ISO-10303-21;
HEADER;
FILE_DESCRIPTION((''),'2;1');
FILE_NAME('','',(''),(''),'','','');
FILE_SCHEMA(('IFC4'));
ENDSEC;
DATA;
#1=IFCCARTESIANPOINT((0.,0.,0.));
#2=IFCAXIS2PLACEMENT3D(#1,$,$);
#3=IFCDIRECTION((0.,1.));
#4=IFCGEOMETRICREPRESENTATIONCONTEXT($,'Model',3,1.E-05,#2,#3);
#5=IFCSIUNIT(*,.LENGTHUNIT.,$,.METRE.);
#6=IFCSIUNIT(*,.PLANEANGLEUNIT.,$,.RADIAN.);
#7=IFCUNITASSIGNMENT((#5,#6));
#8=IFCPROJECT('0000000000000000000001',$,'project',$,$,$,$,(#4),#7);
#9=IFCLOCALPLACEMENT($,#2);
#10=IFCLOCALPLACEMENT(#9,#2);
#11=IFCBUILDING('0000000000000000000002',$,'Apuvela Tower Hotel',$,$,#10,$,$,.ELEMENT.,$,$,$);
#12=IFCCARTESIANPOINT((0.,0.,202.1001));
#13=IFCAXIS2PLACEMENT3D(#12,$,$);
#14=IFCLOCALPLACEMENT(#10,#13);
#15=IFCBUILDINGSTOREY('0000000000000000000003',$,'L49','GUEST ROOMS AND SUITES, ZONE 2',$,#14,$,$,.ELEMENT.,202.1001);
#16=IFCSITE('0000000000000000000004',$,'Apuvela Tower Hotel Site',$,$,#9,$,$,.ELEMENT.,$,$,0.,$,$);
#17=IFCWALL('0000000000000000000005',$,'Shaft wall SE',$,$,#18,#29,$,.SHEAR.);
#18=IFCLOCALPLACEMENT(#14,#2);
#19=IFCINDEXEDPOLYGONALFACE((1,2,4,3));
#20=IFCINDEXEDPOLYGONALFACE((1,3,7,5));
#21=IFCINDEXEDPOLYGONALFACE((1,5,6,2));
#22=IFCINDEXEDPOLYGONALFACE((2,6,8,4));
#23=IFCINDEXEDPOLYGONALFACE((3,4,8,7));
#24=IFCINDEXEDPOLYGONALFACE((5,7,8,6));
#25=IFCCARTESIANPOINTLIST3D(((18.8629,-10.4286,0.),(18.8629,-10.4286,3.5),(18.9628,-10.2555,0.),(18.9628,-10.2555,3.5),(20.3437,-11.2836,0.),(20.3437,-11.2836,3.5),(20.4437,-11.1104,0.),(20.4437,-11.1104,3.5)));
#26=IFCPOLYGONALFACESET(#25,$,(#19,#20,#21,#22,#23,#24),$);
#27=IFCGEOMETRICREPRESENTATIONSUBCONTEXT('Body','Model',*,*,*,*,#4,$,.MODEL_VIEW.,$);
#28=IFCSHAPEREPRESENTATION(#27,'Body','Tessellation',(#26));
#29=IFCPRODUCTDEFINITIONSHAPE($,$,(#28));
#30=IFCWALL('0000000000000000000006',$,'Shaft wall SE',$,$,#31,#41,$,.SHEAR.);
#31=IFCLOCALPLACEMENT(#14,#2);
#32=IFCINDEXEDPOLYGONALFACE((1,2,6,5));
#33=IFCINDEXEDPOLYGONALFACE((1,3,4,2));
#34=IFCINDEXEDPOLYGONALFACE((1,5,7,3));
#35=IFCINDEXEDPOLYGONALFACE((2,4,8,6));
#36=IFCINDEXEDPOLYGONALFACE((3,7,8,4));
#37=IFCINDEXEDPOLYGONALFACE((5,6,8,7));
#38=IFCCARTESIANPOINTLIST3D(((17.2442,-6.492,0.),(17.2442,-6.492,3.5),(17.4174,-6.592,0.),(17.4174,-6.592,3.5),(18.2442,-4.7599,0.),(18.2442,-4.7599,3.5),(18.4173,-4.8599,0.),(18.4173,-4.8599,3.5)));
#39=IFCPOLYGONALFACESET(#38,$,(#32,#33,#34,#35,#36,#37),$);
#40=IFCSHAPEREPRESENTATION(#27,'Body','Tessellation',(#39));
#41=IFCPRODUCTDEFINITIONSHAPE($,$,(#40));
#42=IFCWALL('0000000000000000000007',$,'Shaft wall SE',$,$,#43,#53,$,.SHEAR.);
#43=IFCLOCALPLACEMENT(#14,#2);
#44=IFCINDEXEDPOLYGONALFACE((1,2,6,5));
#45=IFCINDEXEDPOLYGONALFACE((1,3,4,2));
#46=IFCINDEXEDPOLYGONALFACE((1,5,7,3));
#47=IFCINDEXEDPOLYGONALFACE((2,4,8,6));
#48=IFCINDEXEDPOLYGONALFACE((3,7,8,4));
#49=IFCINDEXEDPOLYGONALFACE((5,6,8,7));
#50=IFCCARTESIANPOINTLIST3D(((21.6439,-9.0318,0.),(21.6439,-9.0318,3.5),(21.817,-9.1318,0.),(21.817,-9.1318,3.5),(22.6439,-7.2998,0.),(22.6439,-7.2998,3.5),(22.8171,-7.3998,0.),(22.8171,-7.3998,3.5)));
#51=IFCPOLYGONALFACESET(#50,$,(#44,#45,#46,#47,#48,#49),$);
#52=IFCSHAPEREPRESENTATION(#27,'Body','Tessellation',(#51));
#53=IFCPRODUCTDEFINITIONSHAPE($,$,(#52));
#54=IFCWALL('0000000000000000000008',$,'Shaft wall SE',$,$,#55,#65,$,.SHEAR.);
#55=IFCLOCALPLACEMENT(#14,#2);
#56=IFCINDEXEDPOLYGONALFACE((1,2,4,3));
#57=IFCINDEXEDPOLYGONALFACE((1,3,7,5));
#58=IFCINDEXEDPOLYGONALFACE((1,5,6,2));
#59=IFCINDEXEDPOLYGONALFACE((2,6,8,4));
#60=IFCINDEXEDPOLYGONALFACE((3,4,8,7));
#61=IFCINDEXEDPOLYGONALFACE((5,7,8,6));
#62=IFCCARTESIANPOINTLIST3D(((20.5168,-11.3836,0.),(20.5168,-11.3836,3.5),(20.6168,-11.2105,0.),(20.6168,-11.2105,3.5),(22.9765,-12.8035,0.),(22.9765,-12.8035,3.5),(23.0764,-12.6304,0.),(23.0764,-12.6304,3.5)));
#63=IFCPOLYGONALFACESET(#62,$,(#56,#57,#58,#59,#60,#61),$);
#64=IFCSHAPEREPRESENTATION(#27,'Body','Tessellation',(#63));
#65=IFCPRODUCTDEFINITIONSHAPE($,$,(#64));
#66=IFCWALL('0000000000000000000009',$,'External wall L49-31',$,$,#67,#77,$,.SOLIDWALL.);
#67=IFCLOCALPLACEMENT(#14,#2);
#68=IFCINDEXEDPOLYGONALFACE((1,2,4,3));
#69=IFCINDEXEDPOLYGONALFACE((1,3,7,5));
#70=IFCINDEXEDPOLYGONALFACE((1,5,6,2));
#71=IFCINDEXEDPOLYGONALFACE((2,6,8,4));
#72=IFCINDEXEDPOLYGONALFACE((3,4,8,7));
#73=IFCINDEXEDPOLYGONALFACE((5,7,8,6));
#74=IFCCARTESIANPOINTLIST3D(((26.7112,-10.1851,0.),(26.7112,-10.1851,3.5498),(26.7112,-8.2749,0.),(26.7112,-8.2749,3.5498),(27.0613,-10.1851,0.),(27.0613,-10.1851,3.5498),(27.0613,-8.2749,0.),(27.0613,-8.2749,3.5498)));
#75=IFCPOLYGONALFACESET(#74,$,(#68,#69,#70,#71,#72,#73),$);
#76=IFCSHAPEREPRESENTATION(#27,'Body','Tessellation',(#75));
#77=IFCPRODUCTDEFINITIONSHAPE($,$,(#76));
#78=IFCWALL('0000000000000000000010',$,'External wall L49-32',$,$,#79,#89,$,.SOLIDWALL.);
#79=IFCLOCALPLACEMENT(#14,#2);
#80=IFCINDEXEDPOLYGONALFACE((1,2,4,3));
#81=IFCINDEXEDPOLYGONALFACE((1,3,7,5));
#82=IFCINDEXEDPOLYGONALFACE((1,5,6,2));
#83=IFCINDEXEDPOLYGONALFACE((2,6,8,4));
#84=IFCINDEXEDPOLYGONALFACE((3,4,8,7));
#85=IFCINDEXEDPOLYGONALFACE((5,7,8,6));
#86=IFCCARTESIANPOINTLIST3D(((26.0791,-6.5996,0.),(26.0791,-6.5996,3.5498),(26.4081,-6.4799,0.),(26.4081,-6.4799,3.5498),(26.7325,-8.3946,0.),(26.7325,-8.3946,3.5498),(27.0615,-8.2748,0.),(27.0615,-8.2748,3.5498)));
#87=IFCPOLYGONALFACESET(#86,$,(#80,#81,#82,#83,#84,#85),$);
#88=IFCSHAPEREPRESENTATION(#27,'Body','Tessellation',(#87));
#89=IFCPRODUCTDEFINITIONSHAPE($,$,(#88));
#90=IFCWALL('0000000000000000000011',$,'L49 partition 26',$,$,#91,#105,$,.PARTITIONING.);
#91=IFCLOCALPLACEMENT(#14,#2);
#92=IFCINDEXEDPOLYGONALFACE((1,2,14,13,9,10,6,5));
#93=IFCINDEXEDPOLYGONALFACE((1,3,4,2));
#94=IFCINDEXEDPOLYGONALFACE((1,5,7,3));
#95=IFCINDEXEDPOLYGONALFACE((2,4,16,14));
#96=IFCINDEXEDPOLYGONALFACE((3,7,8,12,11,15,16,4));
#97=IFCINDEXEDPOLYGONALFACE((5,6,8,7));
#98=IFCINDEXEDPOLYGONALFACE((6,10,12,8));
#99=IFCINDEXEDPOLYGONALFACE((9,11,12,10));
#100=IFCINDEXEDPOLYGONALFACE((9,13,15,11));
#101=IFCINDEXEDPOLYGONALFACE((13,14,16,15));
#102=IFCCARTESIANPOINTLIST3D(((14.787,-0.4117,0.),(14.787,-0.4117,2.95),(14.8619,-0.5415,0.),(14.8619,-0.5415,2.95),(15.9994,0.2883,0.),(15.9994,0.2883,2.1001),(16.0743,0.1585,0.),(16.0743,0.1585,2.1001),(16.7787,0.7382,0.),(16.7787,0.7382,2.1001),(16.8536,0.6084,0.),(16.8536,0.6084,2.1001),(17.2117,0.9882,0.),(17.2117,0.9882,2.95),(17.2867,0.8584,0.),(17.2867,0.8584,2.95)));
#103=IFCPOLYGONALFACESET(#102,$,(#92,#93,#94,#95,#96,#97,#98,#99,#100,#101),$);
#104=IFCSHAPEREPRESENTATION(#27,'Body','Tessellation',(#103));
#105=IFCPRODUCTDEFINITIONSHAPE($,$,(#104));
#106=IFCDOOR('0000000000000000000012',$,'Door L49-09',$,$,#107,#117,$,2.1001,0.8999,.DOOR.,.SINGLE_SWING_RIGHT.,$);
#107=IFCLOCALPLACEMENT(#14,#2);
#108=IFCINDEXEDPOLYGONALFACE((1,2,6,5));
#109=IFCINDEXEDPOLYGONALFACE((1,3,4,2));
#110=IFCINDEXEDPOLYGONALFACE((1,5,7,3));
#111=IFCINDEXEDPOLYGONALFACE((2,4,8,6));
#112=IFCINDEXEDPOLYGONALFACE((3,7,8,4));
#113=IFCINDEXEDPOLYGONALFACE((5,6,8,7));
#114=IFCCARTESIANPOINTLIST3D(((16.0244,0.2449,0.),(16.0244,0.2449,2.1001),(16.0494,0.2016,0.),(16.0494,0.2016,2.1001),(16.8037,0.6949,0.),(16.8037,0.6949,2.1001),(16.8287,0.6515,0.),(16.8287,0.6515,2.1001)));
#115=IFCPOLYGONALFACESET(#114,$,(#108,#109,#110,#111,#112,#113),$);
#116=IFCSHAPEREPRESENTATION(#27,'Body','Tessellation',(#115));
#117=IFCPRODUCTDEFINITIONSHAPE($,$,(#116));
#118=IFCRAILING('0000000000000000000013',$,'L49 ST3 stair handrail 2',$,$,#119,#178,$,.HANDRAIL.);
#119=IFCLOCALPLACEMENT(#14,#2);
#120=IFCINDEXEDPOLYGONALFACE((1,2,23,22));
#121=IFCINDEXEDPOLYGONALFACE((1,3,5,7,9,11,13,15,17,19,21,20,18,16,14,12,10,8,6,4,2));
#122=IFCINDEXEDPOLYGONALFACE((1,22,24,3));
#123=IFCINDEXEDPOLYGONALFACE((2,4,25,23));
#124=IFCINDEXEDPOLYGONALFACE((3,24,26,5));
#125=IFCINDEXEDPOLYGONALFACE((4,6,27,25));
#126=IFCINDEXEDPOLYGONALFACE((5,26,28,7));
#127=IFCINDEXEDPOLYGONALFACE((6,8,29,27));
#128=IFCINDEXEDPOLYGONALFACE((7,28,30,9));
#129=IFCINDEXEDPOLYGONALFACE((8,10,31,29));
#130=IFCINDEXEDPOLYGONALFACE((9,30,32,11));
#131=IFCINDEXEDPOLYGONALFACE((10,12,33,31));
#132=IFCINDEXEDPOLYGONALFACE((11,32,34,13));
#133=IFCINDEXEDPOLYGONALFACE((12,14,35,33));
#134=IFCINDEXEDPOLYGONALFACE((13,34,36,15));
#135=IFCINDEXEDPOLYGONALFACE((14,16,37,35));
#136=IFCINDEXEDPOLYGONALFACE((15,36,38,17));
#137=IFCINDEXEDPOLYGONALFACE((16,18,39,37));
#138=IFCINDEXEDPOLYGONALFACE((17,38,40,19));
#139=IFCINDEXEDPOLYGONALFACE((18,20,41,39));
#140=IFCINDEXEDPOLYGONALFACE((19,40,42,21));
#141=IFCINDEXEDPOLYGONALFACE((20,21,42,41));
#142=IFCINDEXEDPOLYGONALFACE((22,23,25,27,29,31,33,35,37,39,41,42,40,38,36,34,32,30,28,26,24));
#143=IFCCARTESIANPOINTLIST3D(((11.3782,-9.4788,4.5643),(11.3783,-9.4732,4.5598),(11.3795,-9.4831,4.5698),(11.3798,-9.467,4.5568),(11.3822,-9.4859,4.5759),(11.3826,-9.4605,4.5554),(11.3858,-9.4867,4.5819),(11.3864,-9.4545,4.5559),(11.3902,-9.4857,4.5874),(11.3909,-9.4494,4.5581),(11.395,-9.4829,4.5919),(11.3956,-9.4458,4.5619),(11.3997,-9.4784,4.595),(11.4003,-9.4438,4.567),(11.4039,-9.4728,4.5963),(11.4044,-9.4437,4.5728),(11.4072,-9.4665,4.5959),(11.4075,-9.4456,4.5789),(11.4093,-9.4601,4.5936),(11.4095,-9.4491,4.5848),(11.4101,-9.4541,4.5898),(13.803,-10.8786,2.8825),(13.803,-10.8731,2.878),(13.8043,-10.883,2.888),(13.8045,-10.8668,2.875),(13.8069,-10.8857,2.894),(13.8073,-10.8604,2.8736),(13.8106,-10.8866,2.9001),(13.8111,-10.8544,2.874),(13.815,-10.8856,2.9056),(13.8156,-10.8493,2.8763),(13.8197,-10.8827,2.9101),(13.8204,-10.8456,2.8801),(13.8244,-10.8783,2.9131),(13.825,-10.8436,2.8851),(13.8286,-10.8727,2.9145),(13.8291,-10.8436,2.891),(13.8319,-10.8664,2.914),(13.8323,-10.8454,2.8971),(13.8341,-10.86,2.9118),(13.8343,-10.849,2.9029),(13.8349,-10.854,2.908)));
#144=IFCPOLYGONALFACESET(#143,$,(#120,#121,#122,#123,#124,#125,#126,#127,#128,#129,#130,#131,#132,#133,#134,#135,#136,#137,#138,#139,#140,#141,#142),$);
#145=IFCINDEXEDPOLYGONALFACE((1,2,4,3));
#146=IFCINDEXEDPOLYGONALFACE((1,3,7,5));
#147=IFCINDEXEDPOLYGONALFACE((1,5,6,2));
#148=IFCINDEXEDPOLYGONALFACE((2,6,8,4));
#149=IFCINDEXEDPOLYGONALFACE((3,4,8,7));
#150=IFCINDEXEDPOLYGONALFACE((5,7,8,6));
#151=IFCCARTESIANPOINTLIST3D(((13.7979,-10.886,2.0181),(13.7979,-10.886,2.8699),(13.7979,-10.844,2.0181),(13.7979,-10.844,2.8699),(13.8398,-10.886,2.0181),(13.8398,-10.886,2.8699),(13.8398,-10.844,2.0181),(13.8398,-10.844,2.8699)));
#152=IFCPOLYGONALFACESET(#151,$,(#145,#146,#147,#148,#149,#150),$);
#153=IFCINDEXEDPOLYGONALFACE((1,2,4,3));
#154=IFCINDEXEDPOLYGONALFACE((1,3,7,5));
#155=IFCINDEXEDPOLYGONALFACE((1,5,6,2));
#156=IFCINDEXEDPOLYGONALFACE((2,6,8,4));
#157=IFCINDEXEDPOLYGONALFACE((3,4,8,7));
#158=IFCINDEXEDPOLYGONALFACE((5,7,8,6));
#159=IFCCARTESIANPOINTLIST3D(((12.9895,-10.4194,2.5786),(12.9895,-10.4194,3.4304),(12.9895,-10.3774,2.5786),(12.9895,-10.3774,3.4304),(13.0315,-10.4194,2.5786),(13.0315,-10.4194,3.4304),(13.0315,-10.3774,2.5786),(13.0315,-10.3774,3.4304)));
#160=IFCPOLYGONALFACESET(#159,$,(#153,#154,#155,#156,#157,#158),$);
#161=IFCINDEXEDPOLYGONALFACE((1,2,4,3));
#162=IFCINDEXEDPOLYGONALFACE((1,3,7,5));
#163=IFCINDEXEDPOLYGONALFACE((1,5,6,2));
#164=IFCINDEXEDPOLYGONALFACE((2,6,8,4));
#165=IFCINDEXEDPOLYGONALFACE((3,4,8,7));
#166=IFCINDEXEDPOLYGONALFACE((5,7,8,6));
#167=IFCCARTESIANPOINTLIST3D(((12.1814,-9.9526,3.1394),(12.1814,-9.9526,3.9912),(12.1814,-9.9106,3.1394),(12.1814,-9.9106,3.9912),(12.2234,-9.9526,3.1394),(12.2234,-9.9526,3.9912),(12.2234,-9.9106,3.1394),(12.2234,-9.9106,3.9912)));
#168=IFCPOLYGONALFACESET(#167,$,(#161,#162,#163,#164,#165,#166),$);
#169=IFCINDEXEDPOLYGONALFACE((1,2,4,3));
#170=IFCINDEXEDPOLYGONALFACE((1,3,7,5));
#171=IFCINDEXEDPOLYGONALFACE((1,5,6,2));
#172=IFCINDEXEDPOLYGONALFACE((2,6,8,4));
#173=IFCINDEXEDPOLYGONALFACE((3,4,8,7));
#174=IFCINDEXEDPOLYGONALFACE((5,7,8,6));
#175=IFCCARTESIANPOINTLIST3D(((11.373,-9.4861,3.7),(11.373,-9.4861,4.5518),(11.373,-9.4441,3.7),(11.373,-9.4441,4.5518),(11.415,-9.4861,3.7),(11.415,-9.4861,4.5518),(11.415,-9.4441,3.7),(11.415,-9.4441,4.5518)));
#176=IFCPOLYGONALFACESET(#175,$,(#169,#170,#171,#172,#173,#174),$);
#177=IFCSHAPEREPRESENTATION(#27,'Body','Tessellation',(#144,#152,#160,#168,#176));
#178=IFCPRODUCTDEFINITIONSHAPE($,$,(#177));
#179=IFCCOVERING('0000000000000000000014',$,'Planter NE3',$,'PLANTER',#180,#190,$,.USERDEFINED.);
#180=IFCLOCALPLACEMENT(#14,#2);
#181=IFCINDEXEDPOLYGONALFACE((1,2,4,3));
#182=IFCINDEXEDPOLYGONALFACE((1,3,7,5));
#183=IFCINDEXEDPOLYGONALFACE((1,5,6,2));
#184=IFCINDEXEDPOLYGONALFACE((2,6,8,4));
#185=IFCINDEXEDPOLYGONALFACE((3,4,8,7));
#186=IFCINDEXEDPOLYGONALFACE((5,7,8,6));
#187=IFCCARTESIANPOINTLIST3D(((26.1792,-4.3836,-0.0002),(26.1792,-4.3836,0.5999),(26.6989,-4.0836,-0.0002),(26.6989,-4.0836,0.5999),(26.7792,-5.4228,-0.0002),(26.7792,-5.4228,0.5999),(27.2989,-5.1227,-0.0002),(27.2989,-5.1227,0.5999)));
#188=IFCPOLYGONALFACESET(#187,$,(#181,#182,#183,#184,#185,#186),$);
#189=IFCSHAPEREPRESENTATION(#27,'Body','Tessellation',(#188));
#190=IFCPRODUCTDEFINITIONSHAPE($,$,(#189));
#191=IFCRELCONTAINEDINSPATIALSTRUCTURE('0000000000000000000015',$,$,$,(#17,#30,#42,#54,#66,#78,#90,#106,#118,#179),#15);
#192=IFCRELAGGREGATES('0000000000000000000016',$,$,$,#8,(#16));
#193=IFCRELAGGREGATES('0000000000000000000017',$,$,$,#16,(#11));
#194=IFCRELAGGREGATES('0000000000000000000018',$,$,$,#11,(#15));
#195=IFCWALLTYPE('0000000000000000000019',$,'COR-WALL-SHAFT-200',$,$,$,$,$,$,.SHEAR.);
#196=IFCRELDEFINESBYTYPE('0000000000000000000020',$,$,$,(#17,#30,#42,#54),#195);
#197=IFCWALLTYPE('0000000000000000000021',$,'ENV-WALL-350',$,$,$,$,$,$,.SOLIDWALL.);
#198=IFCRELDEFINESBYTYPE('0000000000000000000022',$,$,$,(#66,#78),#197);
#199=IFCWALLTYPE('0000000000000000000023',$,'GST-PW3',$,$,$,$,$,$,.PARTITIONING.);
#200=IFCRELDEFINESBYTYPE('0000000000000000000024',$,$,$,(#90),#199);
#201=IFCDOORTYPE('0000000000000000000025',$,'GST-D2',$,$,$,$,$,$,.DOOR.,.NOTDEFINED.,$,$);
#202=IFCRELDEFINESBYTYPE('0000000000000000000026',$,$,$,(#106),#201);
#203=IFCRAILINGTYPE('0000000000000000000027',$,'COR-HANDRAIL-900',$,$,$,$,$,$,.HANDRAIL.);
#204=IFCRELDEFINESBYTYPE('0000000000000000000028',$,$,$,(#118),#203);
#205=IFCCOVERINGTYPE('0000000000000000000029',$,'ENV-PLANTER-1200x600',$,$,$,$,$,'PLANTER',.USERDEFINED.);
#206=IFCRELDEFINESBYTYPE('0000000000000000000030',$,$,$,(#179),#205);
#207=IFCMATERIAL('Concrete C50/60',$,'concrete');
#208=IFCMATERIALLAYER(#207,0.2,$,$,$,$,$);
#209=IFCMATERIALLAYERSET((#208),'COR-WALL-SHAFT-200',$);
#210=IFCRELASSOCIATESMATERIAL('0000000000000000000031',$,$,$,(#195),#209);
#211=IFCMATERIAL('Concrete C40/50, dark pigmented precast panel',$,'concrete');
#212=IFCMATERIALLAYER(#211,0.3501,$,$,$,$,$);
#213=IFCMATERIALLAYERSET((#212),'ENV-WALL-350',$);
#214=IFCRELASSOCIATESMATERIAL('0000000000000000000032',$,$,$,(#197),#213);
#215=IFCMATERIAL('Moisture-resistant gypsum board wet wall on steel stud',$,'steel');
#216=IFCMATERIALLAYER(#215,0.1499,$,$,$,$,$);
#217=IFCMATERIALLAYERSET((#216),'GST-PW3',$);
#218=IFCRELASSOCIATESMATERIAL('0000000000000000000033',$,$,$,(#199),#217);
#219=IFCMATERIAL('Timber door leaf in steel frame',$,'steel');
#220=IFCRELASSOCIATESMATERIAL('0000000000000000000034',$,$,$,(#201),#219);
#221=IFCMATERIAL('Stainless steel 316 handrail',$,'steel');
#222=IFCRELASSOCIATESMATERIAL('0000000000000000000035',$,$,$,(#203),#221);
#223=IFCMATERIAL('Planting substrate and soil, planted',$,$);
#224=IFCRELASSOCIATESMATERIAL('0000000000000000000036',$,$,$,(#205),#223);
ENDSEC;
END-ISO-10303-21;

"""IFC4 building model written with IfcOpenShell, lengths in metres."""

from ifc_helpers import new_model, si_unit, direction, frame, frame_2d, origin, origin_2d, place, context, subcontext, project, spatial, rectangle, circle, extrude, material, layer, layer_set, type_object, element, fill, save


model = new_model("IFC4")

# Units and contexts
model_context = context("Model", 3, precision=1e-05, world=origin(), true_north=direction((0.0, 1.0)))
body_context = subcontext(model_context, "Body", "Model", "MODEL_VIEW")
ifc_project = project(units=[si_unit("LENGTHUNIT", "METRE"), si_unit("PLANEANGLEUNIT", "RADIAN")], contexts=[model_context])

# Site, building, storey
site_placement = place(None, origin())
site = spatial("IfcSite", under=ifc_project, at=site_placement, Name="Apuvela Tower Hotel Site", CompositionType="ELEMENT", RefElevation=0.0)
building_placement = place(site_placement, origin())
building = spatial("IfcBuilding", under=site, at=building_placement, Name="Apuvela Tower Hotel", CompositionType="ELEMENT")
storey_placement = place(building_placement, frame((0.0, 0.0, 202.1001)))
storey = spatial("IfcBuildingStorey", under=building, at=storey_placement, Name="L49", Description="GUEST ROOMS AND SUITES, ZONE 2", CompositionType="ELEMENT", Elevation=202.1001)

# Walls
ifc_material_1 = material(Name="Concrete C50/60", Category="concrete")
ifc_layer_1 = layer(ifc_material_1, 0.2)
ifc_layer_set_1 = layer_set([ifc_layer_1], Name="COR-WALL-SHAFT-200")
wall_type_1 = type_object("IfcWallType", Name="COR-WALL-SHAFT-200", PredefinedType="SHEAR", material=ifc_layer_set_1)
wall_1_placement = place(storey_placement, frame((18.9128, -10.342, 0.0), z_axis=(0.0, 0.0, 1.0), x_axis=(0.866038, -0.499978, 0.0)))
element("IfcWall", 1, at=wall_1_placement, inside=storey, type_object=wall_type_1, Name="Shaft wall SE", PredefinedType="SHEAR", context=body_context, shape_type="SweptSolid", body=[
    extrude(rectangle(XDim=1.71, YDim=0.2, at=frame_2d((0.855, 0.0))), origin(), (0.0, 0.0, 1.0), 3.5),
])
for number, where, z_axis, x_axis, name in (
    (2, (17.3308, -6.542, 0.0), (0.0, 0.0, 1.0), (0.499973, 0.866041, 0.0), "Shaft wall SE"),
    (3, (21.7305, -9.0818, 0.0), (0.0, 0.0, 1.0), (0.500025, 0.866011, 0.0), "Shaft wall SE"),
):
    element("IfcWall", number, at=place(storey_placement, frame(where, z_axis=z_axis, x_axis=x_axis)), inside=storey, type_object=wall_type_1, Name=name, PredefinedType="SHEAR", context=body_context, shape_type="SweptSolid", body=[
        extrude(rectangle(XDim=2.0, YDim=0.2, at=frame_2d((1.0, 0.0))), origin(), (0.0, 0.0, 1.0), 3.5),
    ])
wall_2_placement = place(storey_placement, frame((20.5669, -11.2971, 0.0), z_axis=(0.0, 0.0, 1.0), x_axis=(0.866055, -0.499948, 0.0)))
element("IfcWall", 4, at=wall_2_placement, inside=storey, type_object=wall_type_1, Name="Shaft wall SE", PredefinedType="SHEAR", context=body_context, shape_type="SweptSolid", body=[
    extrude(rectangle(XDim=2.8401, YDim=0.2, at=frame_2d((1.4199, 0.0))), origin(), (0.0, 0.0, 1.0), 3.5),
])
ifc_material_2 = material(Name="Concrete C40/50, dark pigmented precast panel", Category="concrete")
ifc_layer_2 = layer(ifc_material_2, 0.3501)
ifc_layer_set_2 = layer_set([ifc_layer_2], Name="ENV-WALL-350")
wall_type_2 = type_object("IfcWallType", Name="ENV-WALL-350", PredefinedType="SOLIDWALL", material=ifc_layer_set_2)
for number, where, z_axis, x_axis, name in (
    (5, (26.8862, -10.1851, 0.0), (0.0, 0.0, 1.0), (0.0, 1.0, 0.0), "External wall L49-31"),
    (6, (26.897, -8.3347, 0.0), (0.0, 0.0, 1.0), (-0.34203, 0.939689, 0.0), "External wall L49-32"),
):
    element("IfcWall", number, at=place(storey_placement, frame(where, z_axis=z_axis, x_axis=x_axis)), inside=storey, type_object=wall_type_2, Name=name, PredefinedType="SOLIDWALL", context=body_context, shape_type="SweptSolid", body=[
        extrude(rectangle(XDim=1.9102, YDim=0.3501, at=frame_2d((0.9551, 0.0))), origin(), (0.0, 0.0, 1.0), 3.5498),
    ])

# Wall, opening, door
ifc_material_3 = material(Name="Moisture-resistant gypsum board wet wall on steel stud", Category="steel")
ifc_layer_3 = layer(ifc_material_3, 0.1499)
ifc_layer_set_3 = layer_set([ifc_layer_3], Name="GST-PW3")
wall_type_3 = type_object("IfcWallType", Name="GST-PW3", PredefinedType="PARTITIONING", material=ifc_layer_set_3)
wall_3_placement = place(storey_placement, frame((14.8245, -0.4766, 0.0), z_axis=(0.0, 0.0, 1.0), x_axis=(0.866035, 0.499984, 0.0)))
wall_3 = element("IfcWall", 7, at=wall_3_placement, inside=storey, type_object=wall_type_3, Name="L49 partition 26", PredefinedType="PARTITIONING", context=body_context, shape_type="SweptSolid", body=[
    extrude(rectangle(XDim=2.7998, YDim=0.1499, at=frame_2d((1.3999, 0.0))), origin(), (0.0, 0.0, 1.0), 2.95),
])
opening_1_placement = place(wall_3_placement, frame((1.3999, 0.0, 0.0)))
opening_1 = element("IfcOpeningElement", 8, at=opening_1_placement, cuts=wall_3, PredefinedType="OPENING", context=body_context, shape_type="SweptSolid", body=[
    extrude(rectangle(XDim=0.8999, YDim=2.1001, at=frame_2d((0.45, 1.05))), frame((0.0, 0.085, 0.0), z_axis=(0.0, -1.0, 0.0), x_axis=(1.0, 0.0, 0.0)), (0.0, 0.0, 1.0), 0.1699),
])
ifc_material_4 = material(Name="Timber door leaf in steel frame", Category="steel")
door_type_1 = type_object("IfcDoorType", Name="GST-D2", OperationType="NOTDEFINED", PredefinedType="DOOR", material=ifc_material_4)
door_1_placement = place(opening_1_placement, origin())
door_1 = element("IfcDoor", 9, at=door_1_placement, inside=storey, type_object=door_type_1, Name="Door L49-09", OperationType="SINGLE_SWING_RIGHT", OverallHeight=2.1001, OverallWidth=0.8999, PredefinedType="DOOR", context=body_context, shape_type="SweptSolid", body=[
    extrude(rectangle(XDim=0.8999, YDim=2.1001, at=frame_2d((0.45, 1.05))), frame((0.0, 0.0249, 0.0), z_axis=(0.0, -1.0, 0.0), x_axis=(1.0, 0.0, 0.0)), (0.0, 0.0, 1.0), 0.05),
])
fill(opening_1, door_1)

# Railing
ifc_material_5 = material(Name="Stainless steel 316 handrail", Category="steel")
railing_type_1 = type_object("IfcRailingType", Name="COR-HANDRAIL-900", PredefinedType="HANDRAIL", material=ifc_material_5)
railing_1_placement = place(storey_placement, frame((13.8188, -10.865, 2.0181)))
element("IfcRailing", 10, at=railing_1_placement, inside=storey, type_object=railing_type_1, Name="L49 ST3 stair handrail 2", PredefinedType="HANDRAIL", context=body_context, shape_type="SweptSolid", body=[
    extrude(circle(Radius=0.0239, at=origin_2d()), frame((0.0, 0.0, 0.876), z_axis=(-0.74239, 0.428601, 0.514934), x_axis=(-0.499984, -0.866035, 0.0)), (0.0, 0.0, 1.0), 3.2661),
    extrude(rectangle(XDim=0.042, YDim=0.042, at=origin_2d()), origin(), (0.0, 0.0, 1.0), 0.8518),
    extrude(rectangle(XDim=0.042, YDim=0.042, at=origin_2d()), frame((-0.8083, 0.4666, 0.5605)), (0.0, 0.0, 1.0), 0.8518),
    extrude(rectangle(XDim=0.042, YDim=0.042, at=origin_2d()), frame((-1.6165, 0.9333, 1.1213)), (0.0, 0.0, 1.0), 0.8518),
    extrude(rectangle(XDim=0.042, YDim=0.042, at=origin_2d()), frame((-2.4248, 1.3999, 1.6819)), (0.0, 0.0, 1.0), 0.8518),
])

# Covering
ifc_material_6 = material(Name="Planting substrate and soil, planted")
covering_type = type_object("IfcCoveringType", Name="ENV-PLANTER-1200x600", ElementType="PLANTER", PredefinedType="USERDEFINED", material=ifc_material_6)
covering_placement = place(storey_placement, frame((26.739, -4.7532, -0.0002), z_axis=(0.0, 0.0, 1.0), x_axis=(-0.5, 0.866025, 0.0)))
element("IfcCovering", 11, at=covering_placement, inside=storey, type_object=covering_type, Name="Planter NE3", ObjectType="PLANTER", PredefinedType="USERDEFINED", context=body_context, shape_type="SweptSolid", body=[
    extrude(rectangle(XDim=1.2, YDim=0.6001, at=origin_2d()), origin(), (0.0, 0.0, 1.0), 0.6001),
])

save(model, "model.ifc")
